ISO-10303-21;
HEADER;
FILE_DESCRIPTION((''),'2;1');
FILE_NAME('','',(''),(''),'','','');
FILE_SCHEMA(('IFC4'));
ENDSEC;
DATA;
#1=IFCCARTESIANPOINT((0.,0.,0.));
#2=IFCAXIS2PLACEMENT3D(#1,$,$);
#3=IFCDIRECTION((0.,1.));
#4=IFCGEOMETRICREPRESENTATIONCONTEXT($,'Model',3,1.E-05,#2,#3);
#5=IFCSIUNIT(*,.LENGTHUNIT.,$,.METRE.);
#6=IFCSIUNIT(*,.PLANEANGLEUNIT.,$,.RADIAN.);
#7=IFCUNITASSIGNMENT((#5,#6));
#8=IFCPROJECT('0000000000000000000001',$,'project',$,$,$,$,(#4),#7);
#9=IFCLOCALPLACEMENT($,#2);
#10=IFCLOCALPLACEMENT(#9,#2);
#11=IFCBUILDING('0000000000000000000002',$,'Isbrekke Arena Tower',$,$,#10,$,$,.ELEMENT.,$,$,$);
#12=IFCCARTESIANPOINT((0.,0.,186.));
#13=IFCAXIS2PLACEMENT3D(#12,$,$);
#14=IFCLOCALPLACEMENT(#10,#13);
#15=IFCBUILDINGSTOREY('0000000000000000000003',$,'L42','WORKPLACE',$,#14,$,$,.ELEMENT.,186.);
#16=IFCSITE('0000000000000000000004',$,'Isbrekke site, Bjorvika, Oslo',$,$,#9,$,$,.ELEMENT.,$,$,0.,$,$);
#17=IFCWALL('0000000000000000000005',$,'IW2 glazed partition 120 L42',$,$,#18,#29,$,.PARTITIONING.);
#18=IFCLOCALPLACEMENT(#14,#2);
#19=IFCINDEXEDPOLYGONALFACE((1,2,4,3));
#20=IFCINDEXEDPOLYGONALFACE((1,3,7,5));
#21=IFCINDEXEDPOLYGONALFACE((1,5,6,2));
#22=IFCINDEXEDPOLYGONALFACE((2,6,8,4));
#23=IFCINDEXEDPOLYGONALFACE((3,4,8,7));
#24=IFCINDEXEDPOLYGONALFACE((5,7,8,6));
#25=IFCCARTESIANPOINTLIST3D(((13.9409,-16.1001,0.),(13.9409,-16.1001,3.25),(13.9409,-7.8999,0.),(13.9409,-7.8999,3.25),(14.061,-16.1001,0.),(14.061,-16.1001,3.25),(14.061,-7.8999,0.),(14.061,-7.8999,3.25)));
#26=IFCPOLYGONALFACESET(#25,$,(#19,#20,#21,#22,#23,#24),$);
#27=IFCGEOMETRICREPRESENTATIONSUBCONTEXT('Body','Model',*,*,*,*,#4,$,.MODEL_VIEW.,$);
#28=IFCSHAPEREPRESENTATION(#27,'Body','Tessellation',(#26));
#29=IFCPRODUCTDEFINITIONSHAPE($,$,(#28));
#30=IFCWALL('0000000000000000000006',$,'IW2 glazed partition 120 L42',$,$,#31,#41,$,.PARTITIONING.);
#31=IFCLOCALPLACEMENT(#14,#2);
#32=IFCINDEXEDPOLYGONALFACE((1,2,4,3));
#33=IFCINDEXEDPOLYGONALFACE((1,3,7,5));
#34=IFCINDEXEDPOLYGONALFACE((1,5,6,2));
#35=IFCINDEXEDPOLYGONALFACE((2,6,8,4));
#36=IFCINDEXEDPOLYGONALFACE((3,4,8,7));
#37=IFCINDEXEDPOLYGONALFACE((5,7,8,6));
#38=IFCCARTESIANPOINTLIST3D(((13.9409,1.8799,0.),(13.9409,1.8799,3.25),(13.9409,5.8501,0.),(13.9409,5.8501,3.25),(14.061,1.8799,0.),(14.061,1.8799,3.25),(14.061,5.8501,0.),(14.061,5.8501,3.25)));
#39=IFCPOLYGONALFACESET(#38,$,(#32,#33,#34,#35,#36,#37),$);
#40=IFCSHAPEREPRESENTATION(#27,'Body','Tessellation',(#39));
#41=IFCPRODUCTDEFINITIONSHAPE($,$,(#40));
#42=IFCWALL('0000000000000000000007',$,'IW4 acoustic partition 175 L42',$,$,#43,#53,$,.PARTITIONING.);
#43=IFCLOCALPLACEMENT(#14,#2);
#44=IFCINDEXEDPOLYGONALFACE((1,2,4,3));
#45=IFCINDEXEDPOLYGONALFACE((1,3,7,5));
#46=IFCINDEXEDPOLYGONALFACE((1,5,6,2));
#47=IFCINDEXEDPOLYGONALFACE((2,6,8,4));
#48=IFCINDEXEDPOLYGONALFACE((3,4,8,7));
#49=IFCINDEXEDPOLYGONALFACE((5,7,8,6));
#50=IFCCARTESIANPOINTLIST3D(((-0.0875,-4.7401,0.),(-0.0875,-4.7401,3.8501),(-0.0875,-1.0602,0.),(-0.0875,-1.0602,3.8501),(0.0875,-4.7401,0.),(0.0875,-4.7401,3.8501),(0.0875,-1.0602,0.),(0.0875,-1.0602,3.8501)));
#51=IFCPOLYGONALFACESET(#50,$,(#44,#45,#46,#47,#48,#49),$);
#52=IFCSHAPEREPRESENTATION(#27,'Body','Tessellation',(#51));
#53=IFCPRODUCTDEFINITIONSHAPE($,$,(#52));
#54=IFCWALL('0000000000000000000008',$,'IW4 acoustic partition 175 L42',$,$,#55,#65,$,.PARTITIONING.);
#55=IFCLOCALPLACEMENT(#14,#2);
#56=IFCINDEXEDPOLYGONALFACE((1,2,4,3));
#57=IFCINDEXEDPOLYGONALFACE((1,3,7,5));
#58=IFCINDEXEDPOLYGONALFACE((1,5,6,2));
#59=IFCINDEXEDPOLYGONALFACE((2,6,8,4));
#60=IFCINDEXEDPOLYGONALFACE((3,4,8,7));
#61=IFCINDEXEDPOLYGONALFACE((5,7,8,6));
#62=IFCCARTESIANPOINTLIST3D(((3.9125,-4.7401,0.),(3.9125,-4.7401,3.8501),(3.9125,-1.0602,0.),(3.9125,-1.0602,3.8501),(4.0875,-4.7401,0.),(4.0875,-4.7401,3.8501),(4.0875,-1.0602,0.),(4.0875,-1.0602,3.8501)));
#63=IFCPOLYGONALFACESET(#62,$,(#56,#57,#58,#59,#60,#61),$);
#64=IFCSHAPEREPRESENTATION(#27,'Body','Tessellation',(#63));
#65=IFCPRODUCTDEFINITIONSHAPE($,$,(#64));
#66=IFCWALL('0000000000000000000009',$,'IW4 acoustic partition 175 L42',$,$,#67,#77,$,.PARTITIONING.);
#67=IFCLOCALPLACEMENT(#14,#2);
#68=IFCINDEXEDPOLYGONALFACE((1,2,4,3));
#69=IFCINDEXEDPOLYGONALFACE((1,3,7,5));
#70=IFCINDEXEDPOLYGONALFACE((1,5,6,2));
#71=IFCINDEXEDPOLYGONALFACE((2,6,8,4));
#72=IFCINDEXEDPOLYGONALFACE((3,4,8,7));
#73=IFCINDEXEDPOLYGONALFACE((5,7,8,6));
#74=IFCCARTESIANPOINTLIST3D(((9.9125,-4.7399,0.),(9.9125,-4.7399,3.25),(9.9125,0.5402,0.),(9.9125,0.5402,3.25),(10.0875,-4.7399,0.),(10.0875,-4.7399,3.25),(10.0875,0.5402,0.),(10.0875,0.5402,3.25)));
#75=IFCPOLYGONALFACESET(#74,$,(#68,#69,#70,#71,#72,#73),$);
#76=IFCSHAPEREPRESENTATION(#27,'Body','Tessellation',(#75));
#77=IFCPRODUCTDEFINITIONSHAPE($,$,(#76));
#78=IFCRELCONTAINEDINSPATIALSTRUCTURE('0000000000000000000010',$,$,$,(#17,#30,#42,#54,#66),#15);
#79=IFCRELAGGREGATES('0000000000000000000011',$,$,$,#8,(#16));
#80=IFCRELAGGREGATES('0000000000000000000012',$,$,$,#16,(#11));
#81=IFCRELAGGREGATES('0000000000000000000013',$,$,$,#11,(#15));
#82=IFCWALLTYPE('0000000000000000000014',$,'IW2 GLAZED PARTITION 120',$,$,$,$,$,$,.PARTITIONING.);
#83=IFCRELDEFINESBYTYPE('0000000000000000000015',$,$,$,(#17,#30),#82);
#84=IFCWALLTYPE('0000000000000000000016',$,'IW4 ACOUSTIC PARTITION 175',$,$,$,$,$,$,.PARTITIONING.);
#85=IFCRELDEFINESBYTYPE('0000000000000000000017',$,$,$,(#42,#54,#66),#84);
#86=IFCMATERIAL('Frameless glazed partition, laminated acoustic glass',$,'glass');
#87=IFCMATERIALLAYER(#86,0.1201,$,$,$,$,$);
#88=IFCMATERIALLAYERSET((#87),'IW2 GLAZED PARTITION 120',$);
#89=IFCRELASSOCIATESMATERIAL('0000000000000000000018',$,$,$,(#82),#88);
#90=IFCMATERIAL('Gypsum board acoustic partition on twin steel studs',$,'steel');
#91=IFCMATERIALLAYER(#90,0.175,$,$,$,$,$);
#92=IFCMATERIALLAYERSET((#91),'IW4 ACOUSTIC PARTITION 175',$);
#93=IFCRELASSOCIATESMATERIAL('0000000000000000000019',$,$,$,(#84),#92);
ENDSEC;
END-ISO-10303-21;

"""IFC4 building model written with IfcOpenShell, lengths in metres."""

from ifc_helpers import new_model, si_unit, direction, frame, frame_2d, origin, place, context, subcontext, project, spatial, rectangle, extrude, material, layer, layer_set, type_object, element, save


model = new_model("IFC4")

# Units and contexts
model_context = context("Model", 3, precision=1e-05, world=origin(), true_north=direction((0.0, 1.0)))
body_context = subcontext(model_context, "Body", "Model", "MODEL_VIEW")
ifc_project = project(units=[si_unit("LENGTHUNIT", "METRE"), si_unit("PLANEANGLEUNIT", "RADIAN")], contexts=[model_context])

# Site, building, storey
site_placement = place(None, origin())
site = spatial("IfcSite", under=ifc_project, at=site_placement, Name="Isbrekke site, Bjorvika, Oslo", CompositionType="ELEMENT", RefElevation=0.0)
building_placement = place(site_placement, origin())
building = spatial("IfcBuilding", under=site, at=building_placement, Name="Isbrekke Arena Tower", CompositionType="ELEMENT")
storey_placement = place(building_placement, frame((0.0, 0.0, 186.0)))
storey = spatial("IfcBuildingStorey", under=building, at=storey_placement, Name="L42", Description="WORKPLACE", CompositionType="ELEMENT", Elevation=186.0)

# Shared definitions
ifc_material_1 = material(Name="Frameless glazed partition, laminated acoustic glass", Category="glass")
ifc_layer_1 = layer(ifc_material_1, 0.1201)
ifc_layer_set_1 = layer_set([ifc_layer_1], Name="IW2 GLAZED PARTITION 120")
wall_type_1 = type_object("IfcWallType", Name="IW2 GLAZED PARTITION 120", PredefinedType="PARTITIONING", material=ifc_layer_set_1)

# Walls
wall_1_placement = place(storey_placement, frame((14.001, -16.1001, 0.0), z_axis=(0.0, 0.0, 1.0), x_axis=(0.0, 1.0, 0.0)))
element("IfcWall", 1, at=wall_1_placement, inside=storey, type_object=wall_type_1, Name="IW2 glazed partition 120 L42", PredefinedType="PARTITIONING", context=body_context, shape_type="SweptSolid", body=[
    extrude(rectangle(XDim=8.2002, YDim=0.1201, at=frame_2d((4.1001, 0.0))), origin(), (0.0, 0.0, 1.0), 3.25),
])
wall_2_placement = place(storey_placement, frame((14.001, 1.8799, 0.0), z_axis=(0.0, 0.0, 1.0), x_axis=(0.0, 1.0, 0.0)))
element("IfcWall", 2, at=wall_2_placement, inside=storey, type_object=wall_type_1, Name="IW2 glazed partition 120 L42", PredefinedType="PARTITIONING", context=body_context, shape_type="SweptSolid", body=[
    extrude(rectangle(XDim=3.9702, YDim=0.1201, at=frame_2d((1.9851, 0.0))), origin(), (0.0, 0.0, 1.0), 3.25),
])
ifc_material_2 = material(Name="Gypsum board acoustic partition on twin steel studs", Category="steel")
ifc_layer_2 = layer(ifc_material_2, 0.175)
ifc_layer_set_2 = layer_set([ifc_layer_2], Name="IW4 ACOUSTIC PARTITION 175")
wall_type_2 = type_object("IfcWallType", Name="IW4 ACOUSTIC PARTITION 175", PredefinedType="PARTITIONING", material=ifc_layer_set_2)
for number, where, z_axis, x_axis, name in (
    (3, (0.0, -4.74, 0.0), (0.0, 0.0, 1.0), (0.0, 1.0, 0.0), "IW4 acoustic partition 175 L42"),
    (4, (4.0, -4.74, 0.0), (0.0, 0.0, 1.0), (0.0, 1.0, 0.0), "IW4 acoustic partition 175 L42"),
):
    element("IfcWall", number, at=place(storey_placement, frame(where, z_axis=z_axis, x_axis=x_axis)), inside=storey, type_object=wall_type_2, Name=name, PredefinedType="PARTITIONING", context=body_context, shape_type="SweptSolid", body=[
        extrude(rectangle(XDim=3.6799, YDim=0.175, at=frame_2d((1.8398, 0.0))), origin(), (0.0, 0.0, 1.0), 3.8501),
    ])
wall_3_placement = place(storey_placement, frame((10.0, -4.74, 0.0), z_axis=(0.0, 0.0, 1.0), x_axis=(0.0, 1.0, 0.0)))
element("IfcWall", 5, at=wall_3_placement, inside=storey, type_object=wall_type_2, Name="IW4 acoustic partition 175 L42", PredefinedType="PARTITIONING", context=body_context, shape_type="SweptSolid", body=[
    extrude(rectangle(XDim=5.28, YDim=0.175, at=frame_2d((2.6401, 0.0))), origin(), (0.0, 0.0, 1.0), 3.25),
])

save(model, "model.ifc")
